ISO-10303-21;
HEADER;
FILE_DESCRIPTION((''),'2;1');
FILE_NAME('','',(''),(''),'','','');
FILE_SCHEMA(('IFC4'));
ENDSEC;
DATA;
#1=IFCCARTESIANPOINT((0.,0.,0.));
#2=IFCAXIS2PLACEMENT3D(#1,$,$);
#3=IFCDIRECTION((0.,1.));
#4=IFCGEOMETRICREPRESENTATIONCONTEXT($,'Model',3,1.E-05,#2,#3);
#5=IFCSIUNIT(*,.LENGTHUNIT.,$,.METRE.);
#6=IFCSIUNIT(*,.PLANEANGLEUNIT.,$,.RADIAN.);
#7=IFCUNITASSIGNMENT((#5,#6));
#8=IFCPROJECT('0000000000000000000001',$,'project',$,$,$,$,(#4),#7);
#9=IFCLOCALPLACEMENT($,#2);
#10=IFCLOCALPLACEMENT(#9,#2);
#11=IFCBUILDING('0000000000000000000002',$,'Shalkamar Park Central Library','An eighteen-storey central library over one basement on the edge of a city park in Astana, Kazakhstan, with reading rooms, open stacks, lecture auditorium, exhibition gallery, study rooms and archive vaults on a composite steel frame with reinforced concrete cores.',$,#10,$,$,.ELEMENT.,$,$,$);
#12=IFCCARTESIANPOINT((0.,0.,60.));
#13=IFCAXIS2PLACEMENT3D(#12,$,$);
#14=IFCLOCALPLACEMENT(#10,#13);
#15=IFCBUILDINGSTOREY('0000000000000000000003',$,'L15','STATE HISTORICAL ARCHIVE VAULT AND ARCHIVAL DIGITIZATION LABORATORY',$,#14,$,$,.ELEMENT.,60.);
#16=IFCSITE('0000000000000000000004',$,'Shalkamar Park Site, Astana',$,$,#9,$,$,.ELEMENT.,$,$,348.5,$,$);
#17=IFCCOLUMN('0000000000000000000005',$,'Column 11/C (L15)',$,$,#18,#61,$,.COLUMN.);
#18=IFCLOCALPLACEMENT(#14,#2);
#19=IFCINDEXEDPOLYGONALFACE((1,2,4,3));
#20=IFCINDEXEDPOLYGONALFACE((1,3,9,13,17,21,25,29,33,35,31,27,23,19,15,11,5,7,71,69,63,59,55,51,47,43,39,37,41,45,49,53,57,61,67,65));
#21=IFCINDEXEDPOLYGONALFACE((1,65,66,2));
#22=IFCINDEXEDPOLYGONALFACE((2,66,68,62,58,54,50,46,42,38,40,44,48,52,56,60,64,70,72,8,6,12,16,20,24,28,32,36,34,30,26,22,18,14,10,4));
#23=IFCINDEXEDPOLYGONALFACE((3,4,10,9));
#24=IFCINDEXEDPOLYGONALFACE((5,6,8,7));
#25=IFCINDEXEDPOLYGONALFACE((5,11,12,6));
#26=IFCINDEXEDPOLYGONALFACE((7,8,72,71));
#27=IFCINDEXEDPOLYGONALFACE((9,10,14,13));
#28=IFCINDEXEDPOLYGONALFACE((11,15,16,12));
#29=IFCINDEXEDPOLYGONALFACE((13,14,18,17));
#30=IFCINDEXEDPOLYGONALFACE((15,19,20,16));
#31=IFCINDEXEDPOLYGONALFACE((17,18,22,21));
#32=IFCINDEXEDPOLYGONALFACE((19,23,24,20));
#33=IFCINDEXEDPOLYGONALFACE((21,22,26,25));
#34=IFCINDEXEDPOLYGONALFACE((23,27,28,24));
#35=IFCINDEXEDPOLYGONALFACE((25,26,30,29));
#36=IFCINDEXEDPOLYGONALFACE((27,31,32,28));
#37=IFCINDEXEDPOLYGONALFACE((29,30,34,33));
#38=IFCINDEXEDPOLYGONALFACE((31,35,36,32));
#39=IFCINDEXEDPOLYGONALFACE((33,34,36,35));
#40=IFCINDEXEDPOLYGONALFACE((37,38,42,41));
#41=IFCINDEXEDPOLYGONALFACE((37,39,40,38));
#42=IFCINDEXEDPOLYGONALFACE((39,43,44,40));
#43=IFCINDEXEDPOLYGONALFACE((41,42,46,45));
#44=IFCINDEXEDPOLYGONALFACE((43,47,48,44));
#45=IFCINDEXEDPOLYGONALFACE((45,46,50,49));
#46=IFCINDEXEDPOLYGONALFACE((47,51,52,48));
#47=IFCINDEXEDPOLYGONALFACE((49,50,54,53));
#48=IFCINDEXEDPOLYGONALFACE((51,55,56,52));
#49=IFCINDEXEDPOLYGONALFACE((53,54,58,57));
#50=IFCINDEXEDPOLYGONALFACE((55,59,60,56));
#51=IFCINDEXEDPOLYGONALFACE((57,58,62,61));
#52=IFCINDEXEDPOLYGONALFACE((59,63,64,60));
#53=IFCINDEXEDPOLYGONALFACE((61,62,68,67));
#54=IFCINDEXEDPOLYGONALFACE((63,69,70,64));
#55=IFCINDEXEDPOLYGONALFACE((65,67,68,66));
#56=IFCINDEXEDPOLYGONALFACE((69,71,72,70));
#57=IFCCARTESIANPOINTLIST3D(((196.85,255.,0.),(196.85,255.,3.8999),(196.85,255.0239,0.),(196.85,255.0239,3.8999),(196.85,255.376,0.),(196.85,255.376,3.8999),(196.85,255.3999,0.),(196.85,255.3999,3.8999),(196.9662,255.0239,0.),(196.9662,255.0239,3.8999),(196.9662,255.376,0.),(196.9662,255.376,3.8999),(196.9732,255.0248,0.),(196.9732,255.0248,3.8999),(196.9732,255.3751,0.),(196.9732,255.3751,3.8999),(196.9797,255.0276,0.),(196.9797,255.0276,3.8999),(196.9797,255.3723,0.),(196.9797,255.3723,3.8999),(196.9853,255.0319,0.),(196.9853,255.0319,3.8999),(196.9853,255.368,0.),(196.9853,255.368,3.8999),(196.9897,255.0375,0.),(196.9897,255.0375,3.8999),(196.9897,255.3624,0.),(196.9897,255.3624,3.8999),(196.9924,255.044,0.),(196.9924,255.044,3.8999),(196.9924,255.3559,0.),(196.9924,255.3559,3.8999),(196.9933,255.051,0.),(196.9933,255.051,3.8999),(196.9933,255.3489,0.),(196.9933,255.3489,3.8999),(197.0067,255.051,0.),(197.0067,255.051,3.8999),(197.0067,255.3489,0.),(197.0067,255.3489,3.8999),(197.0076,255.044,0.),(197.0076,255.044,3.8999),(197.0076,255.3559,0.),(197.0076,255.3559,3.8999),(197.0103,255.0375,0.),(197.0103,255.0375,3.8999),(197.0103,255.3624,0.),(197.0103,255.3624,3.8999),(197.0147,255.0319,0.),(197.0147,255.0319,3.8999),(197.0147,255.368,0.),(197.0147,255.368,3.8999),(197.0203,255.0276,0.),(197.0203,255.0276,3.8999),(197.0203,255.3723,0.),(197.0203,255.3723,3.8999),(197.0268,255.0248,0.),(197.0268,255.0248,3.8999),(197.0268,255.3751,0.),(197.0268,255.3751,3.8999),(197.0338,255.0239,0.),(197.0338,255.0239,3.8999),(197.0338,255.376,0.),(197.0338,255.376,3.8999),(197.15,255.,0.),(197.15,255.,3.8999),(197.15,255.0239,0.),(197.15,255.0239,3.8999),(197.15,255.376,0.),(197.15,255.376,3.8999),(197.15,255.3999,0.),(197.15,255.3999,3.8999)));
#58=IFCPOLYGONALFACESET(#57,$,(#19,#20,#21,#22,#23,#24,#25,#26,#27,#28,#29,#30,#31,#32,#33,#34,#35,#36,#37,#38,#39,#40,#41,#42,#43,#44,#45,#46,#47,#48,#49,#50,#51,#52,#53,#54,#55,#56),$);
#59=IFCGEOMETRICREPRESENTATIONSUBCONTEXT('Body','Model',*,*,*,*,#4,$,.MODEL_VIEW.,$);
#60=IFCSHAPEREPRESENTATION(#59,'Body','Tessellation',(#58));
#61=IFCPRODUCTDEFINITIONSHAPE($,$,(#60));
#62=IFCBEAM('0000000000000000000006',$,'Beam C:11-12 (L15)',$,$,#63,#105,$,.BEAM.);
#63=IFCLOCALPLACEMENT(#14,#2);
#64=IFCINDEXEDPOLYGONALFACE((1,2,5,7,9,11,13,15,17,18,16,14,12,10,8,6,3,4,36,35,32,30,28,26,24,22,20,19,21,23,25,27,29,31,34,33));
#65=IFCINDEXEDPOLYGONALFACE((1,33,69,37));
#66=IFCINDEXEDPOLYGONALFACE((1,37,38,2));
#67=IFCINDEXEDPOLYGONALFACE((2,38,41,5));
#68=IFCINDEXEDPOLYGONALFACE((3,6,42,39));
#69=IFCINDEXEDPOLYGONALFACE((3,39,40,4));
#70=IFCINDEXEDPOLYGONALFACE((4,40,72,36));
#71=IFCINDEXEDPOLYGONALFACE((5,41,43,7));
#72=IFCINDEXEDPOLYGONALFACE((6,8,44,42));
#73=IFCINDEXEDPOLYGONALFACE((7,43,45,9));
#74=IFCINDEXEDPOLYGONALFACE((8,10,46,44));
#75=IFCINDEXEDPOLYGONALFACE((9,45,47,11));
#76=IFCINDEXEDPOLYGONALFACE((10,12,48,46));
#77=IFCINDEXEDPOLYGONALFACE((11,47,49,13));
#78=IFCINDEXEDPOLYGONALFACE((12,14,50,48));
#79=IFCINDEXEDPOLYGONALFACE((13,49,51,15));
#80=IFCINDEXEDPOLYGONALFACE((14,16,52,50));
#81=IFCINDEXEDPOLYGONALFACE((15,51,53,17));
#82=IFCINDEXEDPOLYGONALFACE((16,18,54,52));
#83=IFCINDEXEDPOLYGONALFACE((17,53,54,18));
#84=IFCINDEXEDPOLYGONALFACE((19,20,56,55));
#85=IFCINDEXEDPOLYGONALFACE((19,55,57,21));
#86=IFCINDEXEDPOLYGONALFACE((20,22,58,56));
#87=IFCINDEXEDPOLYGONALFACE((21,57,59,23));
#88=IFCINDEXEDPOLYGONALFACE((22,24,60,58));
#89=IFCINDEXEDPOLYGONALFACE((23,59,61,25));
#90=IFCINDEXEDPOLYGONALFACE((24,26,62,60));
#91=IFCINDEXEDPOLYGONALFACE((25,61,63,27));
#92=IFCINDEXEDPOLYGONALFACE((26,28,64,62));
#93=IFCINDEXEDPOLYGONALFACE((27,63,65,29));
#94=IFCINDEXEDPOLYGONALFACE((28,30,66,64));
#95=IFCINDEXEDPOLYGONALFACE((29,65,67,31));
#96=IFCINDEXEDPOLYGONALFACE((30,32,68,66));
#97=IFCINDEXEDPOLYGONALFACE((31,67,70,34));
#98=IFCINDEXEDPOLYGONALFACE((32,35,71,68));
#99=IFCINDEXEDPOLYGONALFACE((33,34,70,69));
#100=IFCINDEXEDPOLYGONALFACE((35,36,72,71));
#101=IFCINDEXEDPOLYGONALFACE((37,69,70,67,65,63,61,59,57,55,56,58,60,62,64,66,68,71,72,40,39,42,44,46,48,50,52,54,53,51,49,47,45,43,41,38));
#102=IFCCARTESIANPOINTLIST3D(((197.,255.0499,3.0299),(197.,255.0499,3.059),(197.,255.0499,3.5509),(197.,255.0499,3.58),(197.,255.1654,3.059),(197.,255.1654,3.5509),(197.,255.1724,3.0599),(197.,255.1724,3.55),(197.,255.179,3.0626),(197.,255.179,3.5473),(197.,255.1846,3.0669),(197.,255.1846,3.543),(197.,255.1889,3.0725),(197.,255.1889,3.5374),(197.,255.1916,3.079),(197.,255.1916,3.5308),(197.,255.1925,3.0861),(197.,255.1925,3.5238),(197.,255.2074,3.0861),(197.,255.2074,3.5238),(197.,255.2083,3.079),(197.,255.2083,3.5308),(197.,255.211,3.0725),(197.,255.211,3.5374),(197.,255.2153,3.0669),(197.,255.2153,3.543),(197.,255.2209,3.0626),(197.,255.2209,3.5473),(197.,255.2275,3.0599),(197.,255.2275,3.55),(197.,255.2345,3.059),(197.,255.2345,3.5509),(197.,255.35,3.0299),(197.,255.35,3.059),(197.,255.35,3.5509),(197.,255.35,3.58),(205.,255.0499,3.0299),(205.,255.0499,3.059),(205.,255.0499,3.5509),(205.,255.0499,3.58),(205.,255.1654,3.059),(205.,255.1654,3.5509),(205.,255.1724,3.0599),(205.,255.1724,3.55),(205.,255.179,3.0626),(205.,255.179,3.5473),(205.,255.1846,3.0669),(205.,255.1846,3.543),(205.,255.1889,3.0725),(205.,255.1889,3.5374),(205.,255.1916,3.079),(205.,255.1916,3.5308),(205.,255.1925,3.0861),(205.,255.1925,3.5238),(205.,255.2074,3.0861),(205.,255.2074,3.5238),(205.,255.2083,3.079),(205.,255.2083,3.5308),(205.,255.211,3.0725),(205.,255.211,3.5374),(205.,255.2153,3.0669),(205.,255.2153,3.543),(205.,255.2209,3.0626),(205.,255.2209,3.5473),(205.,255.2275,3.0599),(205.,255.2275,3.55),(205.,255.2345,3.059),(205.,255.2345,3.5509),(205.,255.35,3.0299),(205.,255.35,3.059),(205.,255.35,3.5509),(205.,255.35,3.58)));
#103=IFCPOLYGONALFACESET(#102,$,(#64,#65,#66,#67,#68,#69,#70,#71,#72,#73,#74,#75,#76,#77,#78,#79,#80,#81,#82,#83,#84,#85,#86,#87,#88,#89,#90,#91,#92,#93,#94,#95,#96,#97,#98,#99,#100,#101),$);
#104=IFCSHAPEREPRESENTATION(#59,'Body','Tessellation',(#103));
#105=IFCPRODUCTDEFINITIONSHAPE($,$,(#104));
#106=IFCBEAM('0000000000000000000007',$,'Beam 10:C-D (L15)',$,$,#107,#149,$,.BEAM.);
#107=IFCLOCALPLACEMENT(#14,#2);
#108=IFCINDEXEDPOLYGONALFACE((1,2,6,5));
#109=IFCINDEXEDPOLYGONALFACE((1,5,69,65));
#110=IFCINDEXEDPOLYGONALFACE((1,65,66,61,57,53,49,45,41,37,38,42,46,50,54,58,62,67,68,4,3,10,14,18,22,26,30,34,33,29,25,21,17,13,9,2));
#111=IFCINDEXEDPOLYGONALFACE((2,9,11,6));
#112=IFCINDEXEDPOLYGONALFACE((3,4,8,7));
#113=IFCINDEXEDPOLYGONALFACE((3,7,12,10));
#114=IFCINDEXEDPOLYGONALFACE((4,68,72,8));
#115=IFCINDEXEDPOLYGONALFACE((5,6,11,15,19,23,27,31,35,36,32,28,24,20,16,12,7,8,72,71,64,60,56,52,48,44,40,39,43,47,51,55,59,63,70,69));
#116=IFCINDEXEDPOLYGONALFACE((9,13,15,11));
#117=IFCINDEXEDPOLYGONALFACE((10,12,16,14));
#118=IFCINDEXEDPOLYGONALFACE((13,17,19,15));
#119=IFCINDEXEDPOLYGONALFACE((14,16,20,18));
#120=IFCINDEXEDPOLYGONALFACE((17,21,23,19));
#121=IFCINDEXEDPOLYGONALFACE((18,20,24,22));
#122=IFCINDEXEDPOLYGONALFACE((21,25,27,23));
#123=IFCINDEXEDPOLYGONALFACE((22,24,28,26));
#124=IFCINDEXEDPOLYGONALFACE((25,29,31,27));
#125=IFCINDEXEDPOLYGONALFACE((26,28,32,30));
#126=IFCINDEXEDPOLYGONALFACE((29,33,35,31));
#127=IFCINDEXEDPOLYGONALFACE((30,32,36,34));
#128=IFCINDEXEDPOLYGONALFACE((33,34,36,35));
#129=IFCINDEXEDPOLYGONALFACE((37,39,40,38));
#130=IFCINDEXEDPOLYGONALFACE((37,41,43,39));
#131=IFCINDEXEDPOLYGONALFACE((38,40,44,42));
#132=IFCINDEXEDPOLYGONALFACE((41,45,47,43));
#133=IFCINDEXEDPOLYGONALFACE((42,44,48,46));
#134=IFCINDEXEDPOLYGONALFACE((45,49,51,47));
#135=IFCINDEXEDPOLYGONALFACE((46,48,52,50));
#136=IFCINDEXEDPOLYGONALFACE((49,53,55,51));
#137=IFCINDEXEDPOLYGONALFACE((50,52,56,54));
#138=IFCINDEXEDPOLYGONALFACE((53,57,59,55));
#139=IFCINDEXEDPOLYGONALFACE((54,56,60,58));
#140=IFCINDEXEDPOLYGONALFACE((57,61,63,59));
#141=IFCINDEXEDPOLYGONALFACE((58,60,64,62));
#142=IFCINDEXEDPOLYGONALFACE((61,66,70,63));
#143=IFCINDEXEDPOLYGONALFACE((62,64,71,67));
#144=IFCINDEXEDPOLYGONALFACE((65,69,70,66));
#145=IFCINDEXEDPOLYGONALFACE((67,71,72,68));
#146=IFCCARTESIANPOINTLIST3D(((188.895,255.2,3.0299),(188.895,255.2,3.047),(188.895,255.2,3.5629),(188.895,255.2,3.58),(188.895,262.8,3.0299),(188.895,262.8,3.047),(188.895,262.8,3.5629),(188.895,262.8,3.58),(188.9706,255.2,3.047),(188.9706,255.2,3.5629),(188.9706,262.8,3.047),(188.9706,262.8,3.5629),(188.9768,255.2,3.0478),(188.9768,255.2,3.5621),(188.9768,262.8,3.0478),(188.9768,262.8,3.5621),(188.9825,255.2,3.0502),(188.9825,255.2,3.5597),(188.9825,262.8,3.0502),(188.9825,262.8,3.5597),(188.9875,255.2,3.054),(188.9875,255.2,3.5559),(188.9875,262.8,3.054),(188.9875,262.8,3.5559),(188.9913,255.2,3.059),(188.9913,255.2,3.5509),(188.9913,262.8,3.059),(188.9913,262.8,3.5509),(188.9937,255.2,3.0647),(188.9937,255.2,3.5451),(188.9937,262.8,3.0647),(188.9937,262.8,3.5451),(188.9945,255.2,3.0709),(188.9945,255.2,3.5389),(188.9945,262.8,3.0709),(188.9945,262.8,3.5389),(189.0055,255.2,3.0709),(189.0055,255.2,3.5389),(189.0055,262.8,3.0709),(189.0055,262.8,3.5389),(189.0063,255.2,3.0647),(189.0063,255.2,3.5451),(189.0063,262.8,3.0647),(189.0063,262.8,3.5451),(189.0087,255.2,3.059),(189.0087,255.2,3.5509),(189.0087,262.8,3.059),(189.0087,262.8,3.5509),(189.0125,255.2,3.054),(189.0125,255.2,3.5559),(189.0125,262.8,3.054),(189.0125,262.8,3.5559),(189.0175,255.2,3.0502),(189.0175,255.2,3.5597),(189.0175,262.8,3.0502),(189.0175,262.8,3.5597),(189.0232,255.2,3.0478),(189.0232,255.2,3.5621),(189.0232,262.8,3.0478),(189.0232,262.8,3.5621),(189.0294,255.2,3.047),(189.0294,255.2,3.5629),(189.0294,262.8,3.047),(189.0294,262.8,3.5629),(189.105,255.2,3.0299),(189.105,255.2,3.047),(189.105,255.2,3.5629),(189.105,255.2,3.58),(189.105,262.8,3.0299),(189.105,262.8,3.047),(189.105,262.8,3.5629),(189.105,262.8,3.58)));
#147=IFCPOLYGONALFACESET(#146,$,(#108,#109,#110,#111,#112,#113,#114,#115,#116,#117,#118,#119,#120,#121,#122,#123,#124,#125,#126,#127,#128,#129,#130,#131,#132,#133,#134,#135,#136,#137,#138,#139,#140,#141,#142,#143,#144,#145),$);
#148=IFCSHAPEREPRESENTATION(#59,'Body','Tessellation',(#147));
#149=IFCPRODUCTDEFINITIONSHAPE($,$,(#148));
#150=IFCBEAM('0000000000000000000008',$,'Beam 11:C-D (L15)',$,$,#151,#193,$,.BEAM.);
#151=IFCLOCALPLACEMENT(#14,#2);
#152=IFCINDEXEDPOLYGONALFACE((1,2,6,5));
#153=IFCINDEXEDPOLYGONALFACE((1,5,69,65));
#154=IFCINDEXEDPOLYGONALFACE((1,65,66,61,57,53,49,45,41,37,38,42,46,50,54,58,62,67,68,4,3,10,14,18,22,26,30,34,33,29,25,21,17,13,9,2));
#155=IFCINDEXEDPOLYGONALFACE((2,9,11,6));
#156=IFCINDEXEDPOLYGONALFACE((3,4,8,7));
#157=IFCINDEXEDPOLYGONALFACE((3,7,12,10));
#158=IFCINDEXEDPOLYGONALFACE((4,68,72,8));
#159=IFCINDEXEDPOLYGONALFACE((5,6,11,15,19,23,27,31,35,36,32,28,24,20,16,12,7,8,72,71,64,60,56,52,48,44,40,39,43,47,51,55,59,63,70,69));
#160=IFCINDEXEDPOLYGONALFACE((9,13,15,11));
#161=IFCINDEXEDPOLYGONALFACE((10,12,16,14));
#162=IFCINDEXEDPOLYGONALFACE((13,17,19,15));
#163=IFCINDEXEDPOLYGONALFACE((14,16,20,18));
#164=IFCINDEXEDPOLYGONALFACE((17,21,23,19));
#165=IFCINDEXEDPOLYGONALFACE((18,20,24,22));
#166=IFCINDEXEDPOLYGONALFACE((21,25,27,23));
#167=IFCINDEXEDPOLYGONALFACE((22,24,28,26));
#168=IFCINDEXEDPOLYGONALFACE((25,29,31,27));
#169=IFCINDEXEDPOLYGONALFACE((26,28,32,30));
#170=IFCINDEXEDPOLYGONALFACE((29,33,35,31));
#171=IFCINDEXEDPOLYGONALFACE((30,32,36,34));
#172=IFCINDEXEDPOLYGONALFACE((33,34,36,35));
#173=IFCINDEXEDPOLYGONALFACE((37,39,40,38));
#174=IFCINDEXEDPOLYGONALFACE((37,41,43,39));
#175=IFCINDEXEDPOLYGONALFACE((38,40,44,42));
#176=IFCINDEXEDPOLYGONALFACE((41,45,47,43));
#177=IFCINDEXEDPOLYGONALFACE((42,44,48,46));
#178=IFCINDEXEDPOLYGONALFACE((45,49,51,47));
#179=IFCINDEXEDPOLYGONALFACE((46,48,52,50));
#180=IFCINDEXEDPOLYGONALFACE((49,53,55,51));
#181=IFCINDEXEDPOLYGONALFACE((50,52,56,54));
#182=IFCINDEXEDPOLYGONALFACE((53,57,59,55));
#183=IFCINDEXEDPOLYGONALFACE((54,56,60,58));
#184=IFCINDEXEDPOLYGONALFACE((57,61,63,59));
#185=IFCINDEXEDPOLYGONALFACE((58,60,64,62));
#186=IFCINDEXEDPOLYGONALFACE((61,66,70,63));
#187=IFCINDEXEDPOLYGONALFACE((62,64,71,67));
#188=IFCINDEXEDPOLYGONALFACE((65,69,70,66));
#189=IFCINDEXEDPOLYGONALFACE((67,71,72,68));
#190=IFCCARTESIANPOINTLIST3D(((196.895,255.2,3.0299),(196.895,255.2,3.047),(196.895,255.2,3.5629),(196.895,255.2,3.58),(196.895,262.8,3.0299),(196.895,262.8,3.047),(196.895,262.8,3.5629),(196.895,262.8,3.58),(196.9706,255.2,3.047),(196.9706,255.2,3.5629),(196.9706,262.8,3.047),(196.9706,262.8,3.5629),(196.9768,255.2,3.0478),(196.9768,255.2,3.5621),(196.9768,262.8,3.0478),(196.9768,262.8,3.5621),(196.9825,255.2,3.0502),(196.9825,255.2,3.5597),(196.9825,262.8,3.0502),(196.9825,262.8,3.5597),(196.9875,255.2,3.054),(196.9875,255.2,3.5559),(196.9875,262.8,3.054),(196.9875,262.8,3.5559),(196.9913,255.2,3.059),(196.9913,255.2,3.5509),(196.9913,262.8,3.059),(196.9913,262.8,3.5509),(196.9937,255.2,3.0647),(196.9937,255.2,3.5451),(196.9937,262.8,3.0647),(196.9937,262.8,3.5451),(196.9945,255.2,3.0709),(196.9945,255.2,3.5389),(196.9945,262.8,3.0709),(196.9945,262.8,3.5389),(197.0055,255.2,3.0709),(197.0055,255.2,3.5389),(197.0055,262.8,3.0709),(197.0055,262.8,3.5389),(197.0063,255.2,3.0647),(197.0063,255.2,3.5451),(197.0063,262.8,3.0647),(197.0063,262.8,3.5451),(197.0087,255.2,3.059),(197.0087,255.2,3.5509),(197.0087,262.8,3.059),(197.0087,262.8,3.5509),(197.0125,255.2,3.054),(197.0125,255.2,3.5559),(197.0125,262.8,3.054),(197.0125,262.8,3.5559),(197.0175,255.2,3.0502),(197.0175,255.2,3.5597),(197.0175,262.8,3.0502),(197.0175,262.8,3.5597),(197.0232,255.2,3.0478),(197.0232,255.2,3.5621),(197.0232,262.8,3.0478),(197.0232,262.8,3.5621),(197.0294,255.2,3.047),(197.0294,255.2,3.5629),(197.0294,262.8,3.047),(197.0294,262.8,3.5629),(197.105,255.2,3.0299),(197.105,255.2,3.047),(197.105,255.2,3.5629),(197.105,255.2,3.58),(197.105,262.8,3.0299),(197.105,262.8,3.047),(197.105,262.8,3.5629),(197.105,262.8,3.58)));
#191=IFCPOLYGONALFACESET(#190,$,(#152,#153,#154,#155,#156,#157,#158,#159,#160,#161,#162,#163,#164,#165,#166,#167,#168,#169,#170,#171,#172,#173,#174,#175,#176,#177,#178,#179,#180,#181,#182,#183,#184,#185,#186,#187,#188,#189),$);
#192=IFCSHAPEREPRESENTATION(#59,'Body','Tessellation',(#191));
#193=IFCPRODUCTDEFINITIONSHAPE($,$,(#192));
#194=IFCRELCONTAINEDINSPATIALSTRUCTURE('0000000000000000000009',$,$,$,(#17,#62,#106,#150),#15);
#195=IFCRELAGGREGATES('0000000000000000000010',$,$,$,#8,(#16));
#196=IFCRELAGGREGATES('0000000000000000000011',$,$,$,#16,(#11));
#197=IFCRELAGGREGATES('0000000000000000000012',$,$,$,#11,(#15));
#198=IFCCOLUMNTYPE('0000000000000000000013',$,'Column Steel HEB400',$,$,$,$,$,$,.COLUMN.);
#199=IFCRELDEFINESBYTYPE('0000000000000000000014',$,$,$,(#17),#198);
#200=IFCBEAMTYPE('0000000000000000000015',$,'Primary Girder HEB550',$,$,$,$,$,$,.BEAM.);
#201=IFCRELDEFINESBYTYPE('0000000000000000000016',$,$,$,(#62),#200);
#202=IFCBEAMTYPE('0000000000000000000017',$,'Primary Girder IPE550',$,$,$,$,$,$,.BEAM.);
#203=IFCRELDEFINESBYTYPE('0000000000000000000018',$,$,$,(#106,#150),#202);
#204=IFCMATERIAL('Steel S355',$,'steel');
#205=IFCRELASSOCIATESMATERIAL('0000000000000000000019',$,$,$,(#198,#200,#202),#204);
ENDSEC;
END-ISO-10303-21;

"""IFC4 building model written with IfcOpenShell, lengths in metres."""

from ifc_helpers import new_model, si_unit, direction, frame, origin, origin_2d, place, context, subcontext, project, spatial, i_section, extrude, material, material_profile, profile_set, type_object, element, save


model = new_model("IFC4")

# Units and contexts
model_context = context("Model", 3, precision=1e-05, world=origin(), true_north=direction((0.0, 1.0)))
body_context = subcontext(model_context, "Body", "Model", "MODEL_VIEW")
ifc_project = project(units=[si_unit("LENGTHUNIT", "METRE"), si_unit("PLANEANGLEUNIT", "RADIAN")], contexts=[model_context])

# Site, building, storey
site_placement = place(None, origin())
site = spatial("IfcSite", under=ifc_project, at=site_placement, Name="Shalkamar Park Site, Astana", CompositionType="ELEMENT", RefElevation=348.5)
building_placement = place(site_placement, origin())
building = spatial("IfcBuilding", under=site, at=building_placement, Name="Shalkamar Park Central Library", Description="An eighteen-storey central library over one basement on the edge of a city park in Astana, Kazakhstan, with reading rooms, open stacks, lecture auditorium, exhibition gallery, study rooms and archive vaults on a composite steel frame with reinforced concrete cores.", CompositionType="ELEMENT")
storey_placement = place(building_placement, frame((0.0, 0.0, 60.0)))
storey = spatial("IfcBuildingStorey", under=building, at=storey_placement, Name="L15", Description="STATE HISTORICAL ARCHIVE VAULT AND ARCHIVAL DIGITIZATION LABORATORY", CompositionType="ELEMENT", Elevation=60.0)

# Column
ifc_material_1 = material(Name="Steel S355", Category="steel")
ifc_material_profile_1 = material_profile(ifc_material_1, i_section(OverallWidth=0.3, OverallDepth=0.3999, WebThickness=0.0134, FlangeThickness=0.0239, FilletRadius=0.0271, at=origin_2d()), Name="HEB 400")
ifc_profile_set_1 = profile_set([ifc_material_profile_1], Name="Steel S355")
column_type = type_object("IfcColumnType", Name="Column Steel HEB400", PredefinedType="COLUMN", material=ifc_profile_set_1)
column_placement = place(storey_placement, frame((197.0, 255.2, 0.0), z_axis=(0.0, 0.0, 1.0), x_axis=(1.0, 0.0, 0.0)))
element("IfcColumn", 1, at=column_placement, inside=storey, type_object=column_type, Name="Column 11/C (L15)", PredefinedType="COLUMN", context=body_context, shape_type="SweptSolid", body=[
    extrude(i_section(OverallWidth=0.3, OverallDepth=0.3999, WebThickness=0.0134, FlangeThickness=0.0239, FilletRadius=0.0271, at=origin_2d()), origin(), (0.0, 0.0, 1.0), 3.8999),
])

# Beams
ifc_material_profile_2 = material_profile(ifc_material_1, i_section(OverallWidth=0.3, OverallDepth=0.55, WebThickness=0.0149, FlangeThickness=0.0291, FilletRadius=0.0271, at=origin_2d()), Name="HEB 550")
ifc_profile_set_2 = profile_set([ifc_material_profile_2], Name="Steel S355")
beam_type_1 = type_object("IfcBeamType", Name="Primary Girder HEB550", PredefinedType="BEAM", material=ifc_profile_set_2)
beam_placement = place(storey_placement, frame((197.0, 255.2, 3.3049), z_axis=(1.0, 0.0, 0.0), x_axis=(0.0, 1.0, 0.0)))
element("IfcBeam", 2, at=beam_placement, inside=storey, type_object=beam_type_1, Name="Beam C:11-12 (L15)", PredefinedType="BEAM", context=body_context, shape_type="SweptSolid", body=[
    extrude(i_section(OverallWidth=0.3, OverallDepth=0.55, WebThickness=0.0149, FlangeThickness=0.0291, FilletRadius=0.0271, at=origin_2d()), origin(), (0.0, 0.0, 1.0), 8.0),
])
ifc_material_profile_3 = material_profile(ifc_material_1, i_section(OverallWidth=0.21, OverallDepth=0.55, WebThickness=0.011, FlangeThickness=0.0171, FilletRadius=0.0239, at=origin_2d()), Name="IPE 550")
ifc_profile_set_3 = profile_set([ifc_material_profile_3], Name="Steel S355")
beam_type_2 = type_object("IfcBeamType", Name="Primary Girder IPE550", PredefinedType="BEAM", material=ifc_profile_set_3)
for number, where, z_axis, x_axis, name in (
    (3, (189.0, 255.2, 3.3049), (0.0, 1.0, 0.0), (-1.0, 0.0, 0.0), "Beam 10:C-D (L15)"),
    (4, (197.0, 255.2, 3.3049), (0.0, 1.0, 0.0), (-1.0, 0.0, 0.0), "Beam 11:C-D (L15)"),
):
    element("IfcBeam", number, at=place(storey_placement, frame(where, z_axis=z_axis, x_axis=x_axis)), inside=storey, type_object=beam_type_2, Name=name, PredefinedType="BEAM", context=body_context, shape_type="SweptSolid", body=[
        extrude(i_section(OverallWidth=0.21, OverallDepth=0.55, WebThickness=0.011, FlangeThickness=0.0171, FilletRadius=0.0239, at=origin_2d()), origin(), (0.0, 0.0, 1.0), 7.6001),
    ])

save(model, "model.ifc")
